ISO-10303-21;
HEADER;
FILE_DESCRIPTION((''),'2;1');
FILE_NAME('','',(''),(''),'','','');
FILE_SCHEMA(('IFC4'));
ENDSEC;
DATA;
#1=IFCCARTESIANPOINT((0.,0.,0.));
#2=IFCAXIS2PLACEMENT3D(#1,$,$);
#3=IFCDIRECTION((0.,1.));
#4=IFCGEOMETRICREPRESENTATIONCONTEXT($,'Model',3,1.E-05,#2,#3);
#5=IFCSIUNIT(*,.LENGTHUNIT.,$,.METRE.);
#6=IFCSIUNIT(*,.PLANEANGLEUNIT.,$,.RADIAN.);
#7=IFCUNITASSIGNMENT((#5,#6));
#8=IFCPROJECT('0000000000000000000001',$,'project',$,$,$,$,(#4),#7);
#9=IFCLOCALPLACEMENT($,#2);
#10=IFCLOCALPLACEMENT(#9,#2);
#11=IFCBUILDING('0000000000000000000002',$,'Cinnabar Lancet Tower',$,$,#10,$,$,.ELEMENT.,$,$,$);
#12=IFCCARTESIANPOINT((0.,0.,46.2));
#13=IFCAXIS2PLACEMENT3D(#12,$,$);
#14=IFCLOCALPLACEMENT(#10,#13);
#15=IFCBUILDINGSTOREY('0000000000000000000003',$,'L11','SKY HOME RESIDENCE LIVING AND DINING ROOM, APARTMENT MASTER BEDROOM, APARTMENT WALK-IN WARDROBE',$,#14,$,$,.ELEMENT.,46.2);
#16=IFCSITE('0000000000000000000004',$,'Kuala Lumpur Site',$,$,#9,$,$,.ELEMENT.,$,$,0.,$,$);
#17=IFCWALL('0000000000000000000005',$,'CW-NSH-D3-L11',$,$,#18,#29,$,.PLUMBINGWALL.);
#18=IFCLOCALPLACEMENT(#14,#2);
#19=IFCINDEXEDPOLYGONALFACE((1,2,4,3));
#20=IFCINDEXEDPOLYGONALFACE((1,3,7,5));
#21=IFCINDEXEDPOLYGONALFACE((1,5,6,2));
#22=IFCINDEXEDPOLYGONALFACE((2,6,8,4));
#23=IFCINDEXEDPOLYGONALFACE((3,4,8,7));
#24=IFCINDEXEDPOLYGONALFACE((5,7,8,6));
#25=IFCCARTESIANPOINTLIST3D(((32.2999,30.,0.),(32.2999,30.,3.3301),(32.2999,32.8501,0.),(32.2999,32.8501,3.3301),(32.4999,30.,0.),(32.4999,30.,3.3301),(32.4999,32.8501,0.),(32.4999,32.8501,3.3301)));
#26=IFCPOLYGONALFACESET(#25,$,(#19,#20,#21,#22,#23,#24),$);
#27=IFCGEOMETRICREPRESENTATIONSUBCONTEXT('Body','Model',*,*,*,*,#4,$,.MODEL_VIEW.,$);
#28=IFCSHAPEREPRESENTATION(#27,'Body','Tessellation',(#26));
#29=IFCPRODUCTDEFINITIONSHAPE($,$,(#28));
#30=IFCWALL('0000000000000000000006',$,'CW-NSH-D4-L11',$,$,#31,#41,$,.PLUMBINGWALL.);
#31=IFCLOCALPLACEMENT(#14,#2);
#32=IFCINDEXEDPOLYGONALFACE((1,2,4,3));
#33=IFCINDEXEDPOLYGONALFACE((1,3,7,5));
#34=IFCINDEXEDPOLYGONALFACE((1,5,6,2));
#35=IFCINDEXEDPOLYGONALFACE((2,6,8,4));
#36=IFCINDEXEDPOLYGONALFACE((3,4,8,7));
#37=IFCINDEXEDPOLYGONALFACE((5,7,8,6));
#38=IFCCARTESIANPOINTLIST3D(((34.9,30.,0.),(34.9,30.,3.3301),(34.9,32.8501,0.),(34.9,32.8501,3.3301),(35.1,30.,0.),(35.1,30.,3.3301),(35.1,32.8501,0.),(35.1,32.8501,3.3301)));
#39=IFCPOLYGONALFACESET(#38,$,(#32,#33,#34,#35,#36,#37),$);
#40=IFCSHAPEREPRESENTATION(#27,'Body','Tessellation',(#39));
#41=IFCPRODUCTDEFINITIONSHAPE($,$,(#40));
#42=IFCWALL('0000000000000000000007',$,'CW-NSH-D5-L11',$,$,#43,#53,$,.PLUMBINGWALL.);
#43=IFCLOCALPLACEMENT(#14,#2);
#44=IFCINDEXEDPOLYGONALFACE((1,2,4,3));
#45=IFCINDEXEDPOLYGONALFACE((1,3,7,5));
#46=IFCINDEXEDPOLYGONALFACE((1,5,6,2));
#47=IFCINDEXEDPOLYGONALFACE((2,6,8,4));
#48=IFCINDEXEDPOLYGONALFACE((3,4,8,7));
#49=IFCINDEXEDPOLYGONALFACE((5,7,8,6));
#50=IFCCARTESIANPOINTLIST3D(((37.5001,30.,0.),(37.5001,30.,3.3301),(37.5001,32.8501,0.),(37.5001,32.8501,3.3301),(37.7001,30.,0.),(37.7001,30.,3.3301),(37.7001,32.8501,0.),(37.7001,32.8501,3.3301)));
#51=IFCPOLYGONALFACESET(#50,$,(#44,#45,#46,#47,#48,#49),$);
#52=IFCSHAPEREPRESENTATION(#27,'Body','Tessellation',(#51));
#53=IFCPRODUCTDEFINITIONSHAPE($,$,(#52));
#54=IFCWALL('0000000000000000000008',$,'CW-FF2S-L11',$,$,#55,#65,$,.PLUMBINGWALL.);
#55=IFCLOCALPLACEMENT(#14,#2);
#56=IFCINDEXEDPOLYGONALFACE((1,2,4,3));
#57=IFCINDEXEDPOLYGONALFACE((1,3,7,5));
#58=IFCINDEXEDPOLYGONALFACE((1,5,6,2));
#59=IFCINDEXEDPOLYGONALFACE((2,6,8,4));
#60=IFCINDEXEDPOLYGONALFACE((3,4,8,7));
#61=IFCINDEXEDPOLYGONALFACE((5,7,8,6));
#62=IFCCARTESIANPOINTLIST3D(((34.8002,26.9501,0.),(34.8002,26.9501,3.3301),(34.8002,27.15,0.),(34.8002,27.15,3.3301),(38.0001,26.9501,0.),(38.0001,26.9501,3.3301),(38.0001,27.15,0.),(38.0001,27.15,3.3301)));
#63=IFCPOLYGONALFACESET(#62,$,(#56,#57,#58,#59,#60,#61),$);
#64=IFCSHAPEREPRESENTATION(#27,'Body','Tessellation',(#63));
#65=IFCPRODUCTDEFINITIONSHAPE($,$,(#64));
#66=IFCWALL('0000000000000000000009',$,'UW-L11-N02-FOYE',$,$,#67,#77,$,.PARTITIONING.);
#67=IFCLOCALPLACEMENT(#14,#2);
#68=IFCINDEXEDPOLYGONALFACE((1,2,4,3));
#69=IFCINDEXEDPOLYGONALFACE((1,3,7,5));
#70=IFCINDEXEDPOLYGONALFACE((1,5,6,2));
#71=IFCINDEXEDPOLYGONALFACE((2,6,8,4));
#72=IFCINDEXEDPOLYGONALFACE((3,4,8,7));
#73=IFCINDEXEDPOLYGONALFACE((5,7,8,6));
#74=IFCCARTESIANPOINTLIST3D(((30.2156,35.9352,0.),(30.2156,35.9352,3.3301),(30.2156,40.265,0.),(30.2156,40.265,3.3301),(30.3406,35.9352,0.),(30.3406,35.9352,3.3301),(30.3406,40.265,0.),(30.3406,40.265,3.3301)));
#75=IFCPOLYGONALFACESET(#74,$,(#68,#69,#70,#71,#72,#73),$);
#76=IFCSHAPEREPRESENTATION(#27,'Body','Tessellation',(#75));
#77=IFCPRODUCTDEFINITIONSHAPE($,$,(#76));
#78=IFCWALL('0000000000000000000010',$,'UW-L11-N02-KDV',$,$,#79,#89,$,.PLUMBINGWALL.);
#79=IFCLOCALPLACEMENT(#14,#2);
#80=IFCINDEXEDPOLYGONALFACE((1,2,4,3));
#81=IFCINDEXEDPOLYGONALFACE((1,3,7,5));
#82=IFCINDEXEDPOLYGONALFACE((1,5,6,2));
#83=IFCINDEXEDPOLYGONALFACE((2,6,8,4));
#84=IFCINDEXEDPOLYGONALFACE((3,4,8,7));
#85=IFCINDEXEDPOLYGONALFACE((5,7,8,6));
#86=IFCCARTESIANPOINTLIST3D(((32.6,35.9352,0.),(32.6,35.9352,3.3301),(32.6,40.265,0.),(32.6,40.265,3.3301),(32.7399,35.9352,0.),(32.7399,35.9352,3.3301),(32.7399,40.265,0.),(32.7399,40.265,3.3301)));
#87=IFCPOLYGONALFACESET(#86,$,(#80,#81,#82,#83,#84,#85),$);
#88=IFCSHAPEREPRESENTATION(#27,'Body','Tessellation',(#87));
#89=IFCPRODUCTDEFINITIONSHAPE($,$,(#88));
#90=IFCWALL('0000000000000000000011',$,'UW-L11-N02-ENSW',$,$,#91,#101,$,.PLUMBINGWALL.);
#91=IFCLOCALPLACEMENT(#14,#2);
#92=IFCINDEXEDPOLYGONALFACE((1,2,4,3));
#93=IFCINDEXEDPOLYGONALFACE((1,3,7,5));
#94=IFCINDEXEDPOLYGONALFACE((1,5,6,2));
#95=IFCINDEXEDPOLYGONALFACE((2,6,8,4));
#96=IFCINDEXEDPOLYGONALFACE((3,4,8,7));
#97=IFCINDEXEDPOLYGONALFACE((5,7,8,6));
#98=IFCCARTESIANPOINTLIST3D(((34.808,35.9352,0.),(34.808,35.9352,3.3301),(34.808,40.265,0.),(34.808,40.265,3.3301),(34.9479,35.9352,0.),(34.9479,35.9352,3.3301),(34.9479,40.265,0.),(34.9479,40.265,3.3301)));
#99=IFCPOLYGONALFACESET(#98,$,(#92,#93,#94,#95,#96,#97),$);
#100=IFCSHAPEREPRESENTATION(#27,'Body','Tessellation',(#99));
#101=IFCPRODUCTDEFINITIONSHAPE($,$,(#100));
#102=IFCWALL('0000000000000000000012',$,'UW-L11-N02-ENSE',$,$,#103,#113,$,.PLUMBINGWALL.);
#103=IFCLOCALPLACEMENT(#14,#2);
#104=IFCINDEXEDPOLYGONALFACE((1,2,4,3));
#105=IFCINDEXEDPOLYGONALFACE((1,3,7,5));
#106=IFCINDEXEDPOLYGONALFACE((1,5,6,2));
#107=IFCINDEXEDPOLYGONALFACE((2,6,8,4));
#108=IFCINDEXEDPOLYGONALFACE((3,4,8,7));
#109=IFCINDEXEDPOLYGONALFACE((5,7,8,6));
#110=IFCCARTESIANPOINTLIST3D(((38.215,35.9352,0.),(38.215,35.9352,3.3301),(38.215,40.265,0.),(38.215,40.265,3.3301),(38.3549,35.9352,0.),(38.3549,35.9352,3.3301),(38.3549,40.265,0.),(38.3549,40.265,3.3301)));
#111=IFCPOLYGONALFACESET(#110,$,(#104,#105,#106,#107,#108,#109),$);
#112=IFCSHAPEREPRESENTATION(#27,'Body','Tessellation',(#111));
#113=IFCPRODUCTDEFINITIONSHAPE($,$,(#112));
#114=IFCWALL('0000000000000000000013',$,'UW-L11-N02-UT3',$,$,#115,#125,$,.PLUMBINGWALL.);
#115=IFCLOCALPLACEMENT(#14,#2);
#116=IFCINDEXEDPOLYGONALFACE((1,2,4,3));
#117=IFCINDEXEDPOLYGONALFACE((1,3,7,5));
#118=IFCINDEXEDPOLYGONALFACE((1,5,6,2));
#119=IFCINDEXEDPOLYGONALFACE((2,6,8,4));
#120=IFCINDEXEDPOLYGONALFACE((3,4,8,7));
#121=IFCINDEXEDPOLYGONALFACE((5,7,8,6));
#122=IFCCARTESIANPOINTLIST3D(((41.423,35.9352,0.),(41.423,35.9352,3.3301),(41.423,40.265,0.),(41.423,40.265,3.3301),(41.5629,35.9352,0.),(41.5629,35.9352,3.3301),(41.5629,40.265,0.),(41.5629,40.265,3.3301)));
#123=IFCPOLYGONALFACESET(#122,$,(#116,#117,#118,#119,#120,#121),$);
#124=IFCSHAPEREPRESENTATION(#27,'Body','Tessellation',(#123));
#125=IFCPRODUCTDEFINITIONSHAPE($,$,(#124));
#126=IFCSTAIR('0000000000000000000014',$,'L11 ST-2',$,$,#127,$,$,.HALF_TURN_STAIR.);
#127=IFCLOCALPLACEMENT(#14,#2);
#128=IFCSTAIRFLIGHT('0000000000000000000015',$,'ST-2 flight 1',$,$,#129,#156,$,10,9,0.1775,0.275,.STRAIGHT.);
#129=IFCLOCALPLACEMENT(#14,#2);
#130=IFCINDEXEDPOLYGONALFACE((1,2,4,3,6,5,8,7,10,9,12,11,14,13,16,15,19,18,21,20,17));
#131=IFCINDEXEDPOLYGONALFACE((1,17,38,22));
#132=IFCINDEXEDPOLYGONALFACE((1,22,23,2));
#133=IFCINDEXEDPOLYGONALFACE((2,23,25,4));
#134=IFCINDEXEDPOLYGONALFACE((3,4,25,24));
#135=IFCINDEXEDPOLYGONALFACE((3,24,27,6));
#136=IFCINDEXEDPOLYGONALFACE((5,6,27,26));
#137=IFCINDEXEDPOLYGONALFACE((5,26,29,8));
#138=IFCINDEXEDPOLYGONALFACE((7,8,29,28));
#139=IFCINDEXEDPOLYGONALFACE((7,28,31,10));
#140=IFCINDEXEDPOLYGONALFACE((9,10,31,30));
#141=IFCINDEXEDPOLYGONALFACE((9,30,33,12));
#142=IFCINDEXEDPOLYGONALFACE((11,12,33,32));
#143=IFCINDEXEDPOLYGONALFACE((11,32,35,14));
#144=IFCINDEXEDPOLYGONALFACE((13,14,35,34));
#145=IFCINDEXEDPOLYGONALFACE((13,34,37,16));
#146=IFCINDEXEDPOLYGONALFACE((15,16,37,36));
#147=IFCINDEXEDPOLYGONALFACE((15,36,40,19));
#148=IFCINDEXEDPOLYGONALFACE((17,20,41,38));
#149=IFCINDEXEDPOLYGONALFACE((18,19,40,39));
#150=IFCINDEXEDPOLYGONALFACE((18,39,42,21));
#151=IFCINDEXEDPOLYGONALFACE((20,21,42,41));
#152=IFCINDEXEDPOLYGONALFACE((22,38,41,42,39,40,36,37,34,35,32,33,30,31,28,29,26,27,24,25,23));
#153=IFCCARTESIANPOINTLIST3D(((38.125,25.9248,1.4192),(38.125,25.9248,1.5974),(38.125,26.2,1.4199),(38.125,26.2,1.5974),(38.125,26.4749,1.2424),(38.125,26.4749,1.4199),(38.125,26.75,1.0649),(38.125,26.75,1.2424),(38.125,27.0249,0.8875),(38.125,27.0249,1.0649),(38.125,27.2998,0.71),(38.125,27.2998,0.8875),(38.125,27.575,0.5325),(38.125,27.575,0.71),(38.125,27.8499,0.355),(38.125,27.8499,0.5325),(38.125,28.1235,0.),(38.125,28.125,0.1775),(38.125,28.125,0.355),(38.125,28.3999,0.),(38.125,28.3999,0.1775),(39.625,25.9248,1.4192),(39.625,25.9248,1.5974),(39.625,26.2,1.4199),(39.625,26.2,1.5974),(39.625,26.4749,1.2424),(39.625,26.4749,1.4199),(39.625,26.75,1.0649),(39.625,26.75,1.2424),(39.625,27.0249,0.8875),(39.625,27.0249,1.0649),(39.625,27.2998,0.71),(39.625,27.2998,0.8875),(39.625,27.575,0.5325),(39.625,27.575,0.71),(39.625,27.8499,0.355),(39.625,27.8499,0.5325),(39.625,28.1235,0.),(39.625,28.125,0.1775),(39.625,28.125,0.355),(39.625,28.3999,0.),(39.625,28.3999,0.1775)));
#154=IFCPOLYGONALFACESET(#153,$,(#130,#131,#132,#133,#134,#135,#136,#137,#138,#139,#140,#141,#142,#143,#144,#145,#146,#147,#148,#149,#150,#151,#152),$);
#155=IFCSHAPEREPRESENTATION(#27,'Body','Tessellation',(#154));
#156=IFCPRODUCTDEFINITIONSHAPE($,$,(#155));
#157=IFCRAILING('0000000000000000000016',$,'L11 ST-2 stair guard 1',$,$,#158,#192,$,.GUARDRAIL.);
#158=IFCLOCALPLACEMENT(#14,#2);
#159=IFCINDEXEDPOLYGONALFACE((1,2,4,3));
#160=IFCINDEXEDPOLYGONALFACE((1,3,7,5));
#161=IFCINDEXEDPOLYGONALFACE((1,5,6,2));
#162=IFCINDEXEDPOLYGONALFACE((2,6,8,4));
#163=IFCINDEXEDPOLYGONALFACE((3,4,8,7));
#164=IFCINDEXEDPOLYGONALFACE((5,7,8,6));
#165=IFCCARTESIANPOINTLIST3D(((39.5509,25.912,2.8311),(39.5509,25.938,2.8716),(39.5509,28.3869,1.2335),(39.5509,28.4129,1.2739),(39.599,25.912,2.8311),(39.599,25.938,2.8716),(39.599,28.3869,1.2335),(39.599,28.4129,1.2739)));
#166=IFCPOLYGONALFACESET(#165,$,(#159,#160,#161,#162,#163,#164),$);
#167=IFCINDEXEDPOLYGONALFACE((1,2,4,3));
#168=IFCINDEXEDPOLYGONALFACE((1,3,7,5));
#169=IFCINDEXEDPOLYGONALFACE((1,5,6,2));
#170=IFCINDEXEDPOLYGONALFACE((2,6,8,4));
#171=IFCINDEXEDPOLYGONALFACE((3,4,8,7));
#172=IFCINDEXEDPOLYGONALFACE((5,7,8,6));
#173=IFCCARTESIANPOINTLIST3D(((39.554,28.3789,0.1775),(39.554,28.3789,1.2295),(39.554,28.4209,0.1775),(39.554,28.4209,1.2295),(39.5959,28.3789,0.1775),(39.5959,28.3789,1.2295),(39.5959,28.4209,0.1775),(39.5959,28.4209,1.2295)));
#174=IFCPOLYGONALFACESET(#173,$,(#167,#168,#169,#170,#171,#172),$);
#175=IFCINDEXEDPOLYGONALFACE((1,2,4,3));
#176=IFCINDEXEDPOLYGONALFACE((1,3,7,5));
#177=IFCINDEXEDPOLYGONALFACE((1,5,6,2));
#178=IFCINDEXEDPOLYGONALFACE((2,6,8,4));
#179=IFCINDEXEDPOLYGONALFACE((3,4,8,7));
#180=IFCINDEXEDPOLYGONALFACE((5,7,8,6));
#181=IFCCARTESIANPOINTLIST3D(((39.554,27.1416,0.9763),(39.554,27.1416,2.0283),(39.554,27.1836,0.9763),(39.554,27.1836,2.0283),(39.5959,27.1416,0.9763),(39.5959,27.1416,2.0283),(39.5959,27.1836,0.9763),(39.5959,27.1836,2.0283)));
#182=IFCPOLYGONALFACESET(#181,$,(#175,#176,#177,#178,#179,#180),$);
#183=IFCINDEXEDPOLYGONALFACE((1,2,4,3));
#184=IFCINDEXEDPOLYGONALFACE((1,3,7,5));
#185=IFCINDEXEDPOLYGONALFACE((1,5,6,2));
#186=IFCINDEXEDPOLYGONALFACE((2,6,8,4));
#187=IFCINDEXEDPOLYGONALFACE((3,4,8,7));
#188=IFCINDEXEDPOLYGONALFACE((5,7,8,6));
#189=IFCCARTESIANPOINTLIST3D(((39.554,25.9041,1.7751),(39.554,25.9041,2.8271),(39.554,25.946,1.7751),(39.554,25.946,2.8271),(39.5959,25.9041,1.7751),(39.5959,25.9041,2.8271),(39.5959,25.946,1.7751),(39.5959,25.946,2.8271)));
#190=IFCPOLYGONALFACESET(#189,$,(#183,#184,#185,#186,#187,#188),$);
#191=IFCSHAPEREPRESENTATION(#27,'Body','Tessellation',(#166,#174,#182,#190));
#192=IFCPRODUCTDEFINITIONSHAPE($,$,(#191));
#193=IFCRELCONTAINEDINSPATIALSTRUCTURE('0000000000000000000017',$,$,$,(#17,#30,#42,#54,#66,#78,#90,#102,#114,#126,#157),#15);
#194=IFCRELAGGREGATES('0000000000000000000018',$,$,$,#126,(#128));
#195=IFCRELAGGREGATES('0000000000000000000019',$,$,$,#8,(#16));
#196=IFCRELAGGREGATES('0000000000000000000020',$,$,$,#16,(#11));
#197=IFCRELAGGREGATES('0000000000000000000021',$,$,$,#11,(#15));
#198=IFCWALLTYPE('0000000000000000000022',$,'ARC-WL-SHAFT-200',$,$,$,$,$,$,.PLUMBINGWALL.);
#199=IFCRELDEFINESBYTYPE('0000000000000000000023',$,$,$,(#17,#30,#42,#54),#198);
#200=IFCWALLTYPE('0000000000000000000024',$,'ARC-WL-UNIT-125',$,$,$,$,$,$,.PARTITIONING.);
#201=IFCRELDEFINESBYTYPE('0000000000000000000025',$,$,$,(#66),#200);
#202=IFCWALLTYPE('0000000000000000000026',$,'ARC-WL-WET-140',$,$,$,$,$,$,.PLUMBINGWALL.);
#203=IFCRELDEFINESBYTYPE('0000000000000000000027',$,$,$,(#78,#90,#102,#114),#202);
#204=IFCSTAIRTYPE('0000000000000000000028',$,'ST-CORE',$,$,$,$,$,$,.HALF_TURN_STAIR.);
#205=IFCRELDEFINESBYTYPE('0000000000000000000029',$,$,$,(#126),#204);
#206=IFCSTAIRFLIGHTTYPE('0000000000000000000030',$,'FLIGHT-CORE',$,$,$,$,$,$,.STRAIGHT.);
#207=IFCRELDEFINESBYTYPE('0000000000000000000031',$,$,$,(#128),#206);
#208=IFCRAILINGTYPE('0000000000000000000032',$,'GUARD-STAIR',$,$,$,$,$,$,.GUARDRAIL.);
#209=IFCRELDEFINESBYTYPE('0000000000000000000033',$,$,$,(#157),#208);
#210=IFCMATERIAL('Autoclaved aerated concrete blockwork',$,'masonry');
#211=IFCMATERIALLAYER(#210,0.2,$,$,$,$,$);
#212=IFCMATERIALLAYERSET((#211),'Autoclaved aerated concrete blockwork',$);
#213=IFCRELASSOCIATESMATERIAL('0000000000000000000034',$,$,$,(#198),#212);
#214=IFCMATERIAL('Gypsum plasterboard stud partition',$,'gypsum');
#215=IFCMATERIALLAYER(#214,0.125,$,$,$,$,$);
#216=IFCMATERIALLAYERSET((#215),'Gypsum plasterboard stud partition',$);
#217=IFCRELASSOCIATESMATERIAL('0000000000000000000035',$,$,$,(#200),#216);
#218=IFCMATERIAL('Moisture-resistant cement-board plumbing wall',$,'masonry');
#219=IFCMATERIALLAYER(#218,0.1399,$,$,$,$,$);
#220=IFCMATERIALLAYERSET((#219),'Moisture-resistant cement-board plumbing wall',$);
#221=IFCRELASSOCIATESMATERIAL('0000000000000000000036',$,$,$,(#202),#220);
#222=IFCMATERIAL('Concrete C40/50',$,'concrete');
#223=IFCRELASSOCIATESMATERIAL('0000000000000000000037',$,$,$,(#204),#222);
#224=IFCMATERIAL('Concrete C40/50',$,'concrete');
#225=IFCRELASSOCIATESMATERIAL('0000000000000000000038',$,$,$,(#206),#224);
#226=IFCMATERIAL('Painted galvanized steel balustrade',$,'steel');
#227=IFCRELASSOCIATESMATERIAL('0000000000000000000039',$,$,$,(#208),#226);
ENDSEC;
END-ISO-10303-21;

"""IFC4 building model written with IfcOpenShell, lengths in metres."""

from ifc_helpers import new_model, si_unit, direction, frame, frame_2d, origin, origin_2d, place, context, subcontext, project, spatial, polyline, rectangle, outline, extrude, material, layer, layer_set, type_object, element, aggregate, save


model = new_model("IFC4")

# Units and contexts
model_context = context("Model", 3, precision=1e-05, world=origin(), true_north=direction((0.0, 1.0)))
body_context = subcontext(model_context, "Body", "Model", "MODEL_VIEW")
ifc_project = project(units=[si_unit("LENGTHUNIT", "METRE"), si_unit("PLANEANGLEUNIT", "RADIAN")], contexts=[model_context])

# Site, building, storey
site_placement = place(None, origin())
site = spatial("IfcSite", under=ifc_project, at=site_placement, Name="Kuala Lumpur Site", CompositionType="ELEMENT", RefElevation=0.0)
building_placement = place(site_placement, origin())
building = spatial("IfcBuilding", under=site, at=building_placement, Name="Cinnabar Lancet Tower", CompositionType="ELEMENT")
storey_placement = place(building_placement, frame((0.0, 0.0, 46.2)))
storey = spatial("IfcBuildingStorey", under=building, at=storey_placement, Name="L11", Description="SKY HOME RESIDENCE LIVING AND DINING ROOM, APARTMENT MASTER BEDROOM, APARTMENT WALK-IN WARDROBE", CompositionType="ELEMENT", Elevation=46.2)

# Shared definitions
ifc_material_1 = material(Name="Autoclaved aerated concrete blockwork", Category="masonry")
ifc_layer_1 = layer(ifc_material_1, 0.2)
ifc_layer_set_1 = layer_set([ifc_layer_1], Name="Autoclaved aerated concrete blockwork")
wall_type_1 = type_object("IfcWallType", Name="ARC-WL-SHAFT-200", PredefinedType="PLUMBINGWALL", material=ifc_layer_set_1)

# Walls
for number, where, z_axis, x_axis, name in (
    (1, (32.3999, 30.0, 0.0), (0.0, 0.0, 1.0), (0.0, 1.0, 0.0), "CW-NSH-D3-L11"),
    (2, (35.0, 30.0, 0.0), (0.0, 0.0, 1.0), (0.0, 1.0, 0.0), "CW-NSH-D4-L11"),
    (3, (37.6001, 30.0, 0.0), (0.0, 0.0, 1.0), (0.0, 1.0, 0.0), "CW-NSH-D5-L11"),
):
    element("IfcWall", number, at=place(storey_placement, frame(where, z_axis=z_axis, x_axis=x_axis)), inside=storey, type_object=wall_type_1, Name=name, PredefinedType="PLUMBINGWALL", context=body_context, shape_type="SweptSolid", body=[
        extrude(rectangle(XDim=2.8501, YDim=0.2, at=frame_2d((1.425, 0.0))), origin(), (0.0, 0.0, 1.0), 3.3301),
    ])

# Walls
wall_1_placement = place(storey_placement, frame((34.8, 27.05, 0.0), z_axis=(0.0, 0.0, 1.0), x_axis=(1.0, 0.0, 0.0)))
element("IfcWall", 4, at=wall_1_placement, inside=storey, type_object=wall_type_1, Name="CW-FF2S-L11", PredefinedType="PLUMBINGWALL", context=body_context, shape_type="SweptSolid", body=[
    extrude(rectangle(XDim=3.2, YDim=0.2, at=frame_2d((1.6001, 0.0))), origin(), (0.0, 0.0, 1.0), 3.3301),
])
ifc_material_2 = material(Name="Gypsum plasterboard stud partition", Category="gypsum")
ifc_layer_2 = layer(ifc_material_2, 0.125)
ifc_layer_set_2 = layer_set([ifc_layer_2], Name="Gypsum plasterboard stud partition")
wall_type_2 = type_object("IfcWallType", Name="ARC-WL-UNIT-125", PredefinedType="PARTITIONING", material=ifc_layer_set_2)
wall_2_placement = place(storey_placement, frame((30.2781, 35.9351, 0.0), z_axis=(0.0, 0.0, 1.0), x_axis=(0.0, 1.0, 0.0)))
element("IfcWall", 5, at=wall_2_placement, inside=storey, type_object=wall_type_2, Name="UW-L11-N02-FOYE", PredefinedType="PARTITIONING", context=body_context, shape_type="SweptSolid", body=[
    extrude(rectangle(XDim=4.3298, YDim=0.125, at=frame_2d((2.165, 0.0))), origin(), (0.0, 0.0, 1.0), 3.3301),
])
ifc_material_3 = material(Name="Moisture-resistant cement-board plumbing wall", Category="masonry")
ifc_layer_3 = layer(ifc_material_3, 0.1399)
ifc_layer_set_3 = layer_set([ifc_layer_3], Name="Moisture-resistant cement-board plumbing wall")
wall_type_3 = type_object("IfcWallType", Name="ARC-WL-WET-140", PredefinedType="PLUMBINGWALL", material=ifc_layer_set_3)
for number, where, z_axis, x_axis, name in (
    (6, (32.6699, 35.9351, 0.0), (0.0, 0.0, 1.0), (0.0, 1.0, 0.0), "UW-L11-N02-KDV"),
    (7, (34.8779, 35.9351, 0.0), (0.0, 0.0, 1.0), (0.0, 1.0, 0.0), "UW-L11-N02-ENSW"),
    (8, (38.2849, 35.9351, 0.0), (0.0, 0.0, 1.0), (0.0, 1.0, 0.0), "UW-L11-N02-ENSE"),
    (9, (41.4929, 35.9351, 0.0), (0.0, 0.0, 1.0), (0.0, 1.0, 0.0), "UW-L11-N02-UT3"),
):
    element("IfcWall", number, at=place(storey_placement, frame(where, z_axis=z_axis, x_axis=x_axis)), inside=storey, type_object=wall_type_3, Name=name, PredefinedType="PLUMBINGWALL", context=body_context, shape_type="SweptSolid", body=[
        extrude(rectangle(XDim=4.3298, YDim=0.1399, at=frame_2d((2.165, 0.0))), origin(), (0.0, 0.0, 1.0), 3.3301),
    ])

# Stair, stair flight
ifc_material_4 = material(Name="Concrete C40/50", Category="concrete")
stair_type = type_object("IfcStairType", Name="ST-CORE", PredefinedType="HALF_TURN_STAIR", material=ifc_material_4)
stair_placement = place(storey_placement, origin())
stair = element("IfcStair", 10, at=stair_placement, inside=storey, type_object=stair_type, Name="L11 ST-2", PredefinedType="HALF_TURN_STAIR")
ifc_material_5 = material(Name="Concrete C40/50", Category="concrete")
stair_flight_type = type_object("IfcStairFlightType", Name="FLIGHT-CORE", PredefinedType="STRAIGHT", material=ifc_material_5)
stair_flight_placement = place(storey_placement, frame((38.875, 28.3999, 0.0), z_axis=(0.0, 0.0, 1.0), x_axis=(0.0, -1.0, 0.0)))
stair_flight = element("IfcStairFlight", 11, at=stair_flight_placement, type_object=stair_flight_type, Name="ST-2 flight 1", NumberOfRisers=10, NumberOfTreads=9, PredefinedType="STRAIGHT", RiserHeight=0.1775, TreadLength=0.275, context=body_context, shape_type="SweptSolid", body=[
    extrude(outline(polyline([(0.0, 0.0), (0.0, 0.1775), (0.2749, 0.1775), (0.2749, 0.355), (0.55, 0.355), (0.55, 0.5325), (0.825, 0.5325), (0.825, 0.71), (1.1001, 0.71), (1.1001, 0.8875), (1.375, 0.8875), (1.375, 1.0649), (1.6499, 1.0649), (1.6499, 1.2424), (1.925, 1.2424), (1.925, 1.4199), (2.2, 1.4199), (2.2, 1.5974), (2.4751, 1.5974), (2.4751, 1.7749), (2.4751, 1.4192), (0.2764, 0.0), (0.0, 0.0)])), frame((0.0, 0.75, 0.0), z_axis=(0.0, -1.0, 0.0), x_axis=(1.0, 0.0, 0.0)), (0.0, 0.0, 1.0), 1.5),
])
aggregate(stair, [stair_flight])

# Railing
ifc_material_6 = material(Name="Painted galvanized steel balustrade", Category="steel")
railing_type_1 = type_object("IfcRailingType", Name="GUARD-STAIR", PredefinedType="GUARDRAIL", material=ifc_material_6)
railing_1_placement = place(storey_placement, frame((39.575, 28.3999, 0.1775)))
element("IfcRailing", 12, at=railing_1_placement, inside=storey, type_object=railing_type_1, Name="L11 ST-2 stair guard 1", PredefinedType="GUARDRAIL", context=body_context, shape_type="SweptSolid", body=[
    extrude(rectangle(XDim=0.0481, YDim=0.0481, at=origin_2d()), frame((0.0, 0.0, 1.0762), z_axis=(0.0, -0.840146, 0.542361), x_axis=(1.0, 0.0, 0.0)), (0.0, 0.0, 1.0), 2.9458),
    extrude(rectangle(XDim=0.042, YDim=0.042, at=origin_2d()), origin(), (0.0, 0.0, 1.0), 1.052),
    extrude(rectangle(XDim=0.042, YDim=0.042, at=origin_2d()), frame((0.0, -1.2373, 0.7988)), (0.0, 0.0, 1.0), 1.052),
    extrude(rectangle(XDim=0.042, YDim=0.042, at=origin_2d()), frame((0.0, -2.4749, 1.5977)), (0.0, 0.0, 1.0), 1.052),
])

save(model, "model.ifc")
